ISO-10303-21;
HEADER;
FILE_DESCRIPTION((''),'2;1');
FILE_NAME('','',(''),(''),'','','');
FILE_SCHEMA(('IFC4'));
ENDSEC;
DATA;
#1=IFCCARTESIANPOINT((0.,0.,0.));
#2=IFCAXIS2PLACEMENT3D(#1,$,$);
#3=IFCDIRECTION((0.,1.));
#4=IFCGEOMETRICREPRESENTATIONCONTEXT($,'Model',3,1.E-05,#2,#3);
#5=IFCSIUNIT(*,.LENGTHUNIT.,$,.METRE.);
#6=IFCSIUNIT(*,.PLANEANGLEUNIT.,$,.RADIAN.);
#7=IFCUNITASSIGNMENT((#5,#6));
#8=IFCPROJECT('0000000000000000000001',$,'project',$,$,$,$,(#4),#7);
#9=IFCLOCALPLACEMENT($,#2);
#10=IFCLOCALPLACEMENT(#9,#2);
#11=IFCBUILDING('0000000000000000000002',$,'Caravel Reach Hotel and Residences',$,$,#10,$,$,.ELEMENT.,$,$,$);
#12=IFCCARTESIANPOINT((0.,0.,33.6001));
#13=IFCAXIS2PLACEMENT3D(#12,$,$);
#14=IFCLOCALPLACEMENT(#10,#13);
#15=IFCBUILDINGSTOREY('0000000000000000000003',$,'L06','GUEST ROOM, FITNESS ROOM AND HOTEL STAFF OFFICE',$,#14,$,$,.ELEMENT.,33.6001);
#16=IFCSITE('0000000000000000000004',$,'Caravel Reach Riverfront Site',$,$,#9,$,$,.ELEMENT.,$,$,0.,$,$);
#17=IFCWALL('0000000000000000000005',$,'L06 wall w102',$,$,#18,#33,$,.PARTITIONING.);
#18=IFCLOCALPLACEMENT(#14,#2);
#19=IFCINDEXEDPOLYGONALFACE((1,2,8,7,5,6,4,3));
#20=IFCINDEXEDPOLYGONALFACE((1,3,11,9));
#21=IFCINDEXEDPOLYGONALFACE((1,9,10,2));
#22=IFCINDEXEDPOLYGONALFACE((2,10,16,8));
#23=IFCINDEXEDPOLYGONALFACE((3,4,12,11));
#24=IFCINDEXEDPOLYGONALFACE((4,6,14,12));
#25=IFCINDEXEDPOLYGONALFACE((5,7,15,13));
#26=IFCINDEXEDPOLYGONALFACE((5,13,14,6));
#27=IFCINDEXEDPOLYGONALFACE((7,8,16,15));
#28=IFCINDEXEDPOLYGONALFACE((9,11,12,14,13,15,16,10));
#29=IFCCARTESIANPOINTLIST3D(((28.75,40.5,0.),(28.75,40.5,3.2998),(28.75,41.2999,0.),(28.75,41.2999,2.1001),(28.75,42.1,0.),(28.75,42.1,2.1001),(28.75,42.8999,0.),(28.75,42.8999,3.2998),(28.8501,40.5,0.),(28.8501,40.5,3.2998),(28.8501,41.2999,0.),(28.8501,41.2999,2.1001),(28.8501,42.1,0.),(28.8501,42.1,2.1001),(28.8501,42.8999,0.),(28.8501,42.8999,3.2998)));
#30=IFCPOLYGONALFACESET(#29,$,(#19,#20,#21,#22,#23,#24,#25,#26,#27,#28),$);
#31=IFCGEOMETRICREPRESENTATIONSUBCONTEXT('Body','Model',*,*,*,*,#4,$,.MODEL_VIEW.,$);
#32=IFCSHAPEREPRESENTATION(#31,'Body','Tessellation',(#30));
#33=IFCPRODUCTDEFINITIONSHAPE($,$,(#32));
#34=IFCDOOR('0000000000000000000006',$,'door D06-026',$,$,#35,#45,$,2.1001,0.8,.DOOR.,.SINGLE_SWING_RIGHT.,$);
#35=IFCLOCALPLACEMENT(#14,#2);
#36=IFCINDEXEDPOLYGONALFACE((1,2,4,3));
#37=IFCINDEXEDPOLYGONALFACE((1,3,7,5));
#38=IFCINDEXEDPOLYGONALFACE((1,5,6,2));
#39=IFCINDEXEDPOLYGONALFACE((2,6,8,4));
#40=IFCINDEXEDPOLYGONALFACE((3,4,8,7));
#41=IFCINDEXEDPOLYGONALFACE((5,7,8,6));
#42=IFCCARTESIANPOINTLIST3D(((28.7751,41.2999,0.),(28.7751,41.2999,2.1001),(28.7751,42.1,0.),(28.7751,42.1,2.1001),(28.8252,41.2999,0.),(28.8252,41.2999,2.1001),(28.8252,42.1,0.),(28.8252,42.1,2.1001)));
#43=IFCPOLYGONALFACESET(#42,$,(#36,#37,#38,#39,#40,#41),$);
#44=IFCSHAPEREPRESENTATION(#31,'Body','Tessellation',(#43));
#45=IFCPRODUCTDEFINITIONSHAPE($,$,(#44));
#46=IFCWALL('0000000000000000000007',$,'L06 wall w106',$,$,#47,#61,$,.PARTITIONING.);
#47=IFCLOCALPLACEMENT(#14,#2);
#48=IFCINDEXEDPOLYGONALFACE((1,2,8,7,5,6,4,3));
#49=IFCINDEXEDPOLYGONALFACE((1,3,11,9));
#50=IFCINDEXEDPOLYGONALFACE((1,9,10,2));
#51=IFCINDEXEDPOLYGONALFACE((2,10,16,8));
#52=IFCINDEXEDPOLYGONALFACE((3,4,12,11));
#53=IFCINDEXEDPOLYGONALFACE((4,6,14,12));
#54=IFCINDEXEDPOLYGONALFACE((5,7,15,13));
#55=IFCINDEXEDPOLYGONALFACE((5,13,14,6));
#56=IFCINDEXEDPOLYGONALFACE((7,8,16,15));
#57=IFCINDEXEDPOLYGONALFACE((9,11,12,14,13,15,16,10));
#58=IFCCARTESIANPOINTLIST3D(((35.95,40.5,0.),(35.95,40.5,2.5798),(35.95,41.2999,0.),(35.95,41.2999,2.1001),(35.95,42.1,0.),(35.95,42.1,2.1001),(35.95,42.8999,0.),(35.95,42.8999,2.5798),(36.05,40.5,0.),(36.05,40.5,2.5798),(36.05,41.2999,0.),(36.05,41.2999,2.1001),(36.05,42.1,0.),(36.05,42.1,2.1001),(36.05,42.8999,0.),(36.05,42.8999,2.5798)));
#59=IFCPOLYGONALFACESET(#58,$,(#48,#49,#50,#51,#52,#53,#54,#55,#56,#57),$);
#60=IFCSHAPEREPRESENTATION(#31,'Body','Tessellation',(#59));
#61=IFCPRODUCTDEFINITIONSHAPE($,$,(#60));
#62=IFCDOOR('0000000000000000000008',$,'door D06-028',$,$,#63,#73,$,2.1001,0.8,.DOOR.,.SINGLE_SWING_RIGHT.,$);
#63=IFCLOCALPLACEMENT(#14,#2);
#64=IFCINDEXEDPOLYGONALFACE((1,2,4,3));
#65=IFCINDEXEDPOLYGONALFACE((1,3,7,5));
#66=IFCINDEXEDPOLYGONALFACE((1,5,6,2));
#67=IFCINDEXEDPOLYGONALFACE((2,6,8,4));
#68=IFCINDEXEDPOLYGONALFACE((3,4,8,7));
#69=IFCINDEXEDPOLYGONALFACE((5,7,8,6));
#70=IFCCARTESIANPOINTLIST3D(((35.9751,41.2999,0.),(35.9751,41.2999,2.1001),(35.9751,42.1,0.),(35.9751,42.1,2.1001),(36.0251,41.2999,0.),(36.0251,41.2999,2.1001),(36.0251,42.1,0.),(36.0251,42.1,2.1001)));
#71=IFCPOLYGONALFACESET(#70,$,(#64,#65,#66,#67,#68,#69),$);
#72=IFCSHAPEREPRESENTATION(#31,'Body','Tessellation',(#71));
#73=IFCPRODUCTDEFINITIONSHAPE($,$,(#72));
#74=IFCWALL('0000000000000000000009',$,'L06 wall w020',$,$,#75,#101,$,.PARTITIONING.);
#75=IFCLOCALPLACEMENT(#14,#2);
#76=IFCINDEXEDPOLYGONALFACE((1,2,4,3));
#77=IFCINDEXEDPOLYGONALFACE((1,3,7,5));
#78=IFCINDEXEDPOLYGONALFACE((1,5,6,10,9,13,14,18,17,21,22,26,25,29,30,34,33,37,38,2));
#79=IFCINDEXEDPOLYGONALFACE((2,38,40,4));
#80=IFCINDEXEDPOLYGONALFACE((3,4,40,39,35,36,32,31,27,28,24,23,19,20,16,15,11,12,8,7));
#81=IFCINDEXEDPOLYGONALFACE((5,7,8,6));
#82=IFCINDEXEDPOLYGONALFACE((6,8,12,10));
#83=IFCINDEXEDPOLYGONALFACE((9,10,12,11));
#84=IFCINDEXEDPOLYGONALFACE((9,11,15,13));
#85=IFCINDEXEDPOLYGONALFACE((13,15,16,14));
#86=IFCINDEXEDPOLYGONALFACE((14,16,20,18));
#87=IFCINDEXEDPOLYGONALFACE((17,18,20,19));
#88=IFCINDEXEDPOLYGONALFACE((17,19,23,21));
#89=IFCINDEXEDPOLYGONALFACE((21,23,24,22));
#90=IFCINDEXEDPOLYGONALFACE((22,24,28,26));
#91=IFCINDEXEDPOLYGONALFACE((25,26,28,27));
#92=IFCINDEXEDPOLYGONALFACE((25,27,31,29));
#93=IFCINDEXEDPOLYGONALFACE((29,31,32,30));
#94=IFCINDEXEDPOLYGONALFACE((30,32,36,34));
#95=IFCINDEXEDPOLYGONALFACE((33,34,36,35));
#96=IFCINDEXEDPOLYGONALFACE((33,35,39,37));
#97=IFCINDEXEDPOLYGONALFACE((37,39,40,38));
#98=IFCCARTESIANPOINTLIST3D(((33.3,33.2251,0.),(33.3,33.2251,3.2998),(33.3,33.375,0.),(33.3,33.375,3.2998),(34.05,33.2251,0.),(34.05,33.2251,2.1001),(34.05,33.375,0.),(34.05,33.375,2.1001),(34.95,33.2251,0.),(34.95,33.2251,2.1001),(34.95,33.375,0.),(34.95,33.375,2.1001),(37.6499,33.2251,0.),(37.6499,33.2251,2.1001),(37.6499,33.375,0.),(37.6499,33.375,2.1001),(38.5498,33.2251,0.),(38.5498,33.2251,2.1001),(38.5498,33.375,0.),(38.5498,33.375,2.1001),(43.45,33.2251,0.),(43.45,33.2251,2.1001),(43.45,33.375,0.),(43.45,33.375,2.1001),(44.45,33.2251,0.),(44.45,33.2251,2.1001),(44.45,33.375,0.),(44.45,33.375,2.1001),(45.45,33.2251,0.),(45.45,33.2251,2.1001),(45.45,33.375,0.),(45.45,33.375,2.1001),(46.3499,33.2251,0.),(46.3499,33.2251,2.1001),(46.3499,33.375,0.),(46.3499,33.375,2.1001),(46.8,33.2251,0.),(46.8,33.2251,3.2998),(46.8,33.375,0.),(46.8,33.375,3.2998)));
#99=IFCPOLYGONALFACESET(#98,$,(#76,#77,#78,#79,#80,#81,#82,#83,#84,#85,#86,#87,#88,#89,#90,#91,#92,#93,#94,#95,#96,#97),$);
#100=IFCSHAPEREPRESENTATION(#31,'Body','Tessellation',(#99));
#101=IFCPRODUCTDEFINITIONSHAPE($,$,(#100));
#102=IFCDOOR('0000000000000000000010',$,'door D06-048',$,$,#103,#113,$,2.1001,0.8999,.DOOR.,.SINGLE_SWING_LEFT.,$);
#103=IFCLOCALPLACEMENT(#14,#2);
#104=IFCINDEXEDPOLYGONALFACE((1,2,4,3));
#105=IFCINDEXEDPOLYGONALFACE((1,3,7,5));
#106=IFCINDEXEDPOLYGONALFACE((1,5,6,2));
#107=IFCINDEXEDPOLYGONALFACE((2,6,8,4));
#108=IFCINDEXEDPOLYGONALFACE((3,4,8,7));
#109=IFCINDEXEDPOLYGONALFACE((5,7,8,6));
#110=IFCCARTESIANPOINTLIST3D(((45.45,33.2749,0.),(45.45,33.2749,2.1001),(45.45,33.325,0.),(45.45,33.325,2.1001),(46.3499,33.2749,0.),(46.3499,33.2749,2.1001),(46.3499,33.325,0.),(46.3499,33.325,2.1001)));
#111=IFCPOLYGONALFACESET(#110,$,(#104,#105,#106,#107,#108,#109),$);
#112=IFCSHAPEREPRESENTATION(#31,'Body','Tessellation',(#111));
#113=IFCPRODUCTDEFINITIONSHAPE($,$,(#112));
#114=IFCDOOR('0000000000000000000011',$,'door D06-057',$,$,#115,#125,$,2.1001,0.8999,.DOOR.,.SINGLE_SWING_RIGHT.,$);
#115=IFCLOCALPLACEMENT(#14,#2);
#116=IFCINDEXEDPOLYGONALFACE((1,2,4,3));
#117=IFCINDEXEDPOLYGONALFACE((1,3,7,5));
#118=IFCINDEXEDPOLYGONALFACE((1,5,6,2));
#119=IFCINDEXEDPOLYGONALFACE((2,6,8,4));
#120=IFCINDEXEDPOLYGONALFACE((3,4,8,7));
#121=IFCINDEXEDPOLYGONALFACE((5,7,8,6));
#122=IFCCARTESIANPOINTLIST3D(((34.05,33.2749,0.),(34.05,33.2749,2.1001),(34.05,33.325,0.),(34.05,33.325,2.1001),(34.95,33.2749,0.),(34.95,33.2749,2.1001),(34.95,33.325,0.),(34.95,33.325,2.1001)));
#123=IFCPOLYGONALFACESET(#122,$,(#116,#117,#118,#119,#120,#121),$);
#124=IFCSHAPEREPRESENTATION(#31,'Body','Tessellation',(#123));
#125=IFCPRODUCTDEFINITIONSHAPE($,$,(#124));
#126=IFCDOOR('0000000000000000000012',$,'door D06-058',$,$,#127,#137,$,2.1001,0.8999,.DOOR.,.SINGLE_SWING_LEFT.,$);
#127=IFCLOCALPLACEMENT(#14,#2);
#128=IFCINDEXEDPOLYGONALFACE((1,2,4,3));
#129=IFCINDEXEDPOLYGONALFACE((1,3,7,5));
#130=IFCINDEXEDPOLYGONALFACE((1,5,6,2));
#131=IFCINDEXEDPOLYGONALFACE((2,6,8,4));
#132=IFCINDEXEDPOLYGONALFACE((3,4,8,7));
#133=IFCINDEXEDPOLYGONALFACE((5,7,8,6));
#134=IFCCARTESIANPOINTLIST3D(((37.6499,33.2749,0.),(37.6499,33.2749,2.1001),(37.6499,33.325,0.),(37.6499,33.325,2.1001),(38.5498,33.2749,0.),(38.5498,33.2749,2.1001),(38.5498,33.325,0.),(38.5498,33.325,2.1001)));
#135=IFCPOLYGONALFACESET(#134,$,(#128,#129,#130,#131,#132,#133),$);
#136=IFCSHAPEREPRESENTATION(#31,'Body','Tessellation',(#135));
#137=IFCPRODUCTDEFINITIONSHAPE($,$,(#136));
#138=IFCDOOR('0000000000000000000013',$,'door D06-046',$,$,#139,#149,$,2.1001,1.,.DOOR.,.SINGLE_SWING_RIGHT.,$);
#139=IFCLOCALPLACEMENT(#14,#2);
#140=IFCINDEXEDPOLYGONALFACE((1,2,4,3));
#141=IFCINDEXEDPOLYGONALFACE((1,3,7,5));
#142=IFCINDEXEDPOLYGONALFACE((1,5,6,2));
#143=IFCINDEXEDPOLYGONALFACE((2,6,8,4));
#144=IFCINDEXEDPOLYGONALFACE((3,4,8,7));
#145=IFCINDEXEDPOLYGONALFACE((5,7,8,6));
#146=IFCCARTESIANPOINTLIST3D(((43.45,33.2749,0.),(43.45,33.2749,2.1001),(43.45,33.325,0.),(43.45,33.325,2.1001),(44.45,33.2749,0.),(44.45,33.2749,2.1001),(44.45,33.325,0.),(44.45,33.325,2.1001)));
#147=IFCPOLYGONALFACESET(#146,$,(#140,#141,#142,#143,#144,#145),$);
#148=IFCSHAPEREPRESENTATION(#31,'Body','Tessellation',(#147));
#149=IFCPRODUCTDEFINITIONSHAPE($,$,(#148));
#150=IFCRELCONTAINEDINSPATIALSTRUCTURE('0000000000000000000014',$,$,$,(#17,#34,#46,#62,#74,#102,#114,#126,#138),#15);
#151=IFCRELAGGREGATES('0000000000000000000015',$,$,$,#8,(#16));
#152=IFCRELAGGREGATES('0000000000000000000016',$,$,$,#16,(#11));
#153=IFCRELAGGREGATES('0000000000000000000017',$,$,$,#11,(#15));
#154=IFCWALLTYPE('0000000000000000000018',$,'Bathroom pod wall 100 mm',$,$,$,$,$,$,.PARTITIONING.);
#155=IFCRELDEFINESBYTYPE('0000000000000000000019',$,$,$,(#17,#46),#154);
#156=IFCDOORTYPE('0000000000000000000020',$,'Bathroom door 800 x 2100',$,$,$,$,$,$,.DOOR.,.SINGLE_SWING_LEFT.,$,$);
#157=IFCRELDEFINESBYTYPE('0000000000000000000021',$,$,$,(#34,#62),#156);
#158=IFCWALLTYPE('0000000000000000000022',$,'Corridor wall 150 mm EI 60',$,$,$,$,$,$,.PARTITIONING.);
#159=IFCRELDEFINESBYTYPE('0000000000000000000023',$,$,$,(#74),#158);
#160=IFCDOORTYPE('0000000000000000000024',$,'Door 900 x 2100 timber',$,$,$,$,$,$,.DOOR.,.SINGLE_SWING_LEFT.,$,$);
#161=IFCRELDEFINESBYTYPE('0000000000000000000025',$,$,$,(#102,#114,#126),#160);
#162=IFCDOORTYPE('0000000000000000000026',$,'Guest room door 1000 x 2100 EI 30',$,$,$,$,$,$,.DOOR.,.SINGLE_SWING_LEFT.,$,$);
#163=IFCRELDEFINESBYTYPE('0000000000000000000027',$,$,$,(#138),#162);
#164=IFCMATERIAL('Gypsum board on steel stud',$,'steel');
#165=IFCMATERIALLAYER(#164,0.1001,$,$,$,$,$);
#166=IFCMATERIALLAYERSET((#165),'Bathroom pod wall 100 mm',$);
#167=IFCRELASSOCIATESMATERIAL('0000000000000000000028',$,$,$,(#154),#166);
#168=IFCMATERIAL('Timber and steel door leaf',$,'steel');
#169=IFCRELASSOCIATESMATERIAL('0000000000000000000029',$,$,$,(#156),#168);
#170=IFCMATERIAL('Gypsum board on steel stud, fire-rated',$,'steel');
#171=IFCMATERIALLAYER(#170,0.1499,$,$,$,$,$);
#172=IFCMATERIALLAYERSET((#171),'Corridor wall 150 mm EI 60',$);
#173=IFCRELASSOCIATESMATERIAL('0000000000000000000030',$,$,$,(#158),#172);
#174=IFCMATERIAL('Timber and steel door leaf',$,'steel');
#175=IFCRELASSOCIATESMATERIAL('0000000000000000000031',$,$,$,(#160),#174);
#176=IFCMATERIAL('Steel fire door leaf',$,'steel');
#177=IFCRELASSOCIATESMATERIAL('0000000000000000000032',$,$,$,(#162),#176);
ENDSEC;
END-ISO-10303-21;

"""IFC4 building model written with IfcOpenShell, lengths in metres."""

from ifc_helpers import new_model, si_unit, direction, frame, frame_2d, origin, place, context, subcontext, project, spatial, rectangle, extrude, material, layer, layer_set, type_object, element, fill, save


model = new_model("IFC4")

# Units and contexts
model_context = context("Model", 3, precision=1e-05, world=origin(), true_north=direction((0.0, 1.0)))
body_context = subcontext(model_context, "Body", "Model", "MODEL_VIEW")
ifc_project = project(units=[si_unit("LENGTHUNIT", "METRE"), si_unit("PLANEANGLEUNIT", "RADIAN")], contexts=[model_context])

# Site, building, storey
site_placement = place(None, origin())
site = spatial("IfcSite", under=ifc_project, at=site_placement, Name="Caravel Reach Riverfront Site", CompositionType="ELEMENT", RefElevation=0.0)
building_placement = place(site_placement, origin())
building = spatial("IfcBuilding", under=site, at=building_placement, Name="Caravel Reach Hotel and Residences", CompositionType="ELEMENT")
storey_placement = place(building_placement, frame((0.0, 0.0, 33.6001)))
storey = spatial("IfcBuildingStorey", under=building, at=storey_placement, Name="L06", Description="GUEST ROOM, FITNESS ROOM AND HOTEL STAFF OFFICE", CompositionType="ELEMENT", Elevation=33.6001)

# Shared definitions
ifc_material_1 = material(Name="Gypsum board on steel stud", Category="steel")
ifc_layer_1 = layer(ifc_material_1, 0.1001)
ifc_layer_set_1 = layer_set([ifc_layer_1], Name="Bathroom pod wall 100 mm")
wall_type_1 = type_object("IfcWallType", Name="Bathroom pod wall 100 mm", PredefinedType="PARTITIONING", material=ifc_layer_set_1)

# Walls, openings, doors
wall_1_placement = place(storey_placement, frame((28.8, 40.5, 0.0), z_axis=(0.0, 0.0, 1.0), x_axis=(0.0, 1.0, 0.0)))
wall_1 = element("IfcWall", 1, at=wall_1_placement, inside=storey, type_object=wall_type_1, Name="L06 wall w102", PredefinedType="PARTITIONING", context=body_context, shape_type="SweptSolid", body=[
    extrude(rectangle(XDim=2.3999, YDim=0.1001, at=frame_2d((1.2, 0.0))), origin(), (0.0, 0.0, 1.0), 3.2998),
])
opening_1_placement = place(wall_1_placement, frame((0.8, 0.0, 0.0)))
opening_1 = element("IfcOpeningElement", 2, at=opening_1_placement, cuts=wall_1, PredefinedType="OPENING", context=body_context, shape_type="SweptSolid", body=[
    extrude(rectangle(XDim=0.8, YDim=2.1001, at=frame_2d((0.3999, 1.05))), frame((0.0, 0.0601, 0.0), z_axis=(0.0, -1.0, 0.0), x_axis=(1.0, 0.0, 0.0)), (0.0, 0.0, 1.0), 0.1201),
])
ifc_material_2 = material(Name="Timber and steel door leaf", Category="steel")
door_type_1 = type_object("IfcDoorType", Name="Bathroom door 800 x 2100", OperationType="SINGLE_SWING_LEFT", PredefinedType="DOOR", material=ifc_material_2)
door_1_placement = place(opening_1_placement, origin())
door_1 = element("IfcDoor", 3, at=door_1_placement, inside=storey, type_object=door_type_1, Name="door D06-026", OperationType="SINGLE_SWING_RIGHT", OverallHeight=2.1001, OverallWidth=0.8, PredefinedType="DOOR", context=body_context, shape_type="SweptSolid", body=[
    extrude(rectangle(XDim=0.8, YDim=2.1001, at=frame_2d((0.3999, 1.05))), frame((0.0, 0.0249, 0.0), z_axis=(0.0, -1.0, 0.0), x_axis=(1.0, 0.0, 0.0)), (0.0, 0.0, 1.0), 0.05),
])
fill(opening_1, door_1)
wall_2_placement = place(storey_placement, frame((36.0, 40.5, 0.0), z_axis=(0.0, 0.0, 1.0), x_axis=(0.0, 1.0, 0.0)))
wall_2 = element("IfcWall", 4, at=wall_2_placement, inside=storey, type_object=wall_type_1, Name="L06 wall w106", PredefinedType="PARTITIONING", context=body_context, shape_type="SweptSolid", body=[
    extrude(rectangle(XDim=2.3999, YDim=0.1001, at=frame_2d((1.2, 0.0))), origin(), (0.0, 0.0, 1.0), 2.5798),
])
opening_2_placement = place(wall_2_placement, frame((0.8, 0.0, 0.0)))
opening_2 = element("IfcOpeningElement", 5, at=opening_2_placement, cuts=wall_2, PredefinedType="OPENING", context=body_context, shape_type="SweptSolid", body=[
    extrude(rectangle(XDim=0.8, YDim=2.1001, at=frame_2d((0.3999, 1.05))), frame((0.0, 0.0601, 0.0), z_axis=(0.0, -1.0, 0.0), x_axis=(1.0, 0.0, 0.0)), (0.0, 0.0, 1.0), 0.1201),
])
door_2_placement = place(opening_2_placement, origin())
door_2 = element("IfcDoor", 6, at=door_2_placement, inside=storey, type_object=door_type_1, Name="door D06-028", OperationType="SINGLE_SWING_RIGHT", OverallHeight=2.1001, OverallWidth=0.8, PredefinedType="DOOR", context=body_context, shape_type="SweptSolid", body=[
    extrude(rectangle(XDim=0.8, YDim=2.1001, at=frame_2d((0.3999, 1.05))), frame((0.0, 0.0249, 0.0), z_axis=(0.0, -1.0, 0.0), x_axis=(1.0, 0.0, 0.0)), (0.0, 0.0, 1.0), 0.05),
])
fill(opening_2, door_2)

# Wall, openings, doors
ifc_material_3 = material(Name="Gypsum board on steel stud, fire-rated", Category="steel")
ifc_layer_2 = layer(ifc_material_3, 0.1499)
ifc_layer_set_2 = layer_set([ifc_layer_2], Name="Corridor wall 150 mm EI 60")
wall_type_2 = type_object("IfcWallType", Name="Corridor wall 150 mm EI 60", PredefinedType="PARTITIONING", material=ifc_layer_set_2)
wall_3_placement = place(storey_placement, frame((33.3, 33.3, 0.0), z_axis=(0.0, 0.0, 1.0), x_axis=(1.0, 0.0, 0.0)))
wall_3 = element("IfcWall", 7, at=wall_3_placement, inside=storey, type_object=wall_type_2, Name="L06 wall w020", PredefinedType="PARTITIONING", context=body_context, shape_type="SweptSolid", body=[
    extrude(rectangle(XDim=13.5, YDim=0.1499, at=frame_2d((6.75, 0.0))), origin(), (0.0, 0.0, 1.0), 3.2998),
])
opening_3_placement = place(wall_3_placement, frame((10.1499, 0.0, 0.0)))
opening_3 = element("IfcOpeningElement", 8, at=opening_3_placement, cuts=wall_3, PredefinedType="OPENING", context=body_context, shape_type="SweptSolid", body=[
    extrude(rectangle(XDim=1.0, YDim=2.1001, at=frame_2d((0.5, 1.05))), frame((0.0, 0.085, 0.0), z_axis=(0.0, -1.0, 0.0), x_axis=(1.0, 0.0, 0.0)), (0.0, 0.0, 1.0), 0.1699),
])
opening_4_placement = place(wall_3_placement, frame((12.1499, 0.0, 0.0)))
opening_4 = element("IfcOpeningElement", 9, at=opening_4_placement, cuts=wall_3, PredefinedType="OPENING", context=body_context, shape_type="SweptSolid", body=[
    extrude(rectangle(XDim=0.8999, YDim=2.1001, at=frame_2d((0.45, 1.05))), frame((0.0, 0.085, 0.0), z_axis=(0.0, -1.0, 0.0), x_axis=(1.0, 0.0, 0.0)), (0.0, 0.0, 1.0), 0.1699),
])
opening_5_placement = place(wall_3_placement, frame((0.75, 0.0, 0.0)))
opening_5 = element("IfcOpeningElement", 10, at=opening_5_placement, cuts=wall_3, PredefinedType="OPENING", context=body_context, shape_type="SweptSolid", body=[
    extrude(rectangle(XDim=0.8999, YDim=2.1001, at=frame_2d((0.45, 1.05))), frame((0.0, 0.085, 0.0), z_axis=(0.0, -1.0, 0.0), x_axis=(1.0, 0.0, 0.0)), (0.0, 0.0, 1.0), 0.1699),
])
opening_6_placement = place(wall_3_placement, frame((4.3499, 0.0, 0.0)))
opening_6 = element("IfcOpeningElement", 11, at=opening_6_placement, cuts=wall_3, PredefinedType="OPENING", context=body_context, shape_type="SweptSolid", body=[
    extrude(rectangle(XDim=0.8999, YDim=2.1001, at=frame_2d((0.45, 1.05))), frame((0.0, 0.085, 0.0), z_axis=(0.0, -1.0, 0.0), x_axis=(1.0, 0.0, 0.0)), (0.0, 0.0, 1.0), 0.1699),
])
ifc_material_4 = material(Name="Timber and steel door leaf", Category="steel")
door_type_2 = type_object("IfcDoorType", Name="Door 900 x 2100 timber", OperationType="SINGLE_SWING_LEFT", PredefinedType="DOOR", material=ifc_material_4)
door_3_placement = place(opening_4_placement, origin())
door_3 = element("IfcDoor", 12, at=door_3_placement, inside=storey, type_object=door_type_2, Name="door D06-048", OperationType="SINGLE_SWING_LEFT", OverallHeight=2.1001, OverallWidth=0.8999, PredefinedType="DOOR", context=body_context, shape_type="SweptSolid", body=[
    extrude(rectangle(XDim=0.8999, YDim=2.1001, at=frame_2d((0.45, 1.05))), frame((0.0, 0.0249, 0.0), z_axis=(0.0, -1.0, 0.0), x_axis=(1.0, 0.0, 0.0)), (0.0, 0.0, 1.0), 0.05),
])
fill(opening_4, door_3)
door_4_placement = place(opening_5_placement, origin())
door_4 = element("IfcDoor", 13, at=door_4_placement, inside=storey, type_object=door_type_2, Name="door D06-057", OperationType="SINGLE_SWING_RIGHT", OverallHeight=2.1001, OverallWidth=0.8999, PredefinedType="DOOR", context=body_context, shape_type="SweptSolid", body=[
    extrude(rectangle(XDim=0.8999, YDim=2.1001, at=frame_2d((0.45, 1.05))), frame((0.0, 0.0249, 0.0), z_axis=(0.0, -1.0, 0.0), x_axis=(1.0, 0.0, 0.0)), (0.0, 0.0, 1.0), 0.05),
])
fill(opening_5, door_4)
door_5_placement = place(opening_6_placement, origin())
door_5 = element("IfcDoor", 14, at=door_5_placement, inside=storey, type_object=door_type_2, Name="door D06-058", OperationType="SINGLE_SWING_LEFT", OverallHeight=2.1001, OverallWidth=0.8999, PredefinedType="DOOR", context=body_context, shape_type="SweptSolid", body=[
    extrude(rectangle(XDim=0.8999, YDim=2.1001, at=frame_2d((0.45, 1.05))), frame((0.0, 0.0249, 0.0), z_axis=(0.0, -1.0, 0.0), x_axis=(1.0, 0.0, 0.0)), (0.0, 0.0, 1.0), 0.05),
])
fill(opening_6, door_5)
ifc_material_5 = material(Name="Steel fire door leaf", Category="steel")
door_type_3 = type_object("IfcDoorType", Name="Guest room door 1000 x 2100 EI 30", OperationType="SINGLE_SWING_LEFT", PredefinedType="DOOR", material=ifc_material_5)
door_6_placement = place(opening_3_placement, origin())
door_6 = element("IfcDoor", 15, at=door_6_placement, inside=storey, type_object=door_type_3, Name="door D06-046", OperationType="SINGLE_SWING_RIGHT", OverallHeight=2.1001, OverallWidth=1.0, PredefinedType="DOOR", context=body_context, shape_type="SweptSolid", body=[
    extrude(rectangle(XDim=1.0, YDim=2.1001, at=frame_2d((0.5, 1.05))), frame((0.0, 0.0249, 0.0), z_axis=(0.0, -1.0, 0.0), x_axis=(1.0, 0.0, 0.0)), (0.0, 0.0, 1.0), 0.05),
])
fill(opening_3, door_6)

save(model, "model.ifc")
